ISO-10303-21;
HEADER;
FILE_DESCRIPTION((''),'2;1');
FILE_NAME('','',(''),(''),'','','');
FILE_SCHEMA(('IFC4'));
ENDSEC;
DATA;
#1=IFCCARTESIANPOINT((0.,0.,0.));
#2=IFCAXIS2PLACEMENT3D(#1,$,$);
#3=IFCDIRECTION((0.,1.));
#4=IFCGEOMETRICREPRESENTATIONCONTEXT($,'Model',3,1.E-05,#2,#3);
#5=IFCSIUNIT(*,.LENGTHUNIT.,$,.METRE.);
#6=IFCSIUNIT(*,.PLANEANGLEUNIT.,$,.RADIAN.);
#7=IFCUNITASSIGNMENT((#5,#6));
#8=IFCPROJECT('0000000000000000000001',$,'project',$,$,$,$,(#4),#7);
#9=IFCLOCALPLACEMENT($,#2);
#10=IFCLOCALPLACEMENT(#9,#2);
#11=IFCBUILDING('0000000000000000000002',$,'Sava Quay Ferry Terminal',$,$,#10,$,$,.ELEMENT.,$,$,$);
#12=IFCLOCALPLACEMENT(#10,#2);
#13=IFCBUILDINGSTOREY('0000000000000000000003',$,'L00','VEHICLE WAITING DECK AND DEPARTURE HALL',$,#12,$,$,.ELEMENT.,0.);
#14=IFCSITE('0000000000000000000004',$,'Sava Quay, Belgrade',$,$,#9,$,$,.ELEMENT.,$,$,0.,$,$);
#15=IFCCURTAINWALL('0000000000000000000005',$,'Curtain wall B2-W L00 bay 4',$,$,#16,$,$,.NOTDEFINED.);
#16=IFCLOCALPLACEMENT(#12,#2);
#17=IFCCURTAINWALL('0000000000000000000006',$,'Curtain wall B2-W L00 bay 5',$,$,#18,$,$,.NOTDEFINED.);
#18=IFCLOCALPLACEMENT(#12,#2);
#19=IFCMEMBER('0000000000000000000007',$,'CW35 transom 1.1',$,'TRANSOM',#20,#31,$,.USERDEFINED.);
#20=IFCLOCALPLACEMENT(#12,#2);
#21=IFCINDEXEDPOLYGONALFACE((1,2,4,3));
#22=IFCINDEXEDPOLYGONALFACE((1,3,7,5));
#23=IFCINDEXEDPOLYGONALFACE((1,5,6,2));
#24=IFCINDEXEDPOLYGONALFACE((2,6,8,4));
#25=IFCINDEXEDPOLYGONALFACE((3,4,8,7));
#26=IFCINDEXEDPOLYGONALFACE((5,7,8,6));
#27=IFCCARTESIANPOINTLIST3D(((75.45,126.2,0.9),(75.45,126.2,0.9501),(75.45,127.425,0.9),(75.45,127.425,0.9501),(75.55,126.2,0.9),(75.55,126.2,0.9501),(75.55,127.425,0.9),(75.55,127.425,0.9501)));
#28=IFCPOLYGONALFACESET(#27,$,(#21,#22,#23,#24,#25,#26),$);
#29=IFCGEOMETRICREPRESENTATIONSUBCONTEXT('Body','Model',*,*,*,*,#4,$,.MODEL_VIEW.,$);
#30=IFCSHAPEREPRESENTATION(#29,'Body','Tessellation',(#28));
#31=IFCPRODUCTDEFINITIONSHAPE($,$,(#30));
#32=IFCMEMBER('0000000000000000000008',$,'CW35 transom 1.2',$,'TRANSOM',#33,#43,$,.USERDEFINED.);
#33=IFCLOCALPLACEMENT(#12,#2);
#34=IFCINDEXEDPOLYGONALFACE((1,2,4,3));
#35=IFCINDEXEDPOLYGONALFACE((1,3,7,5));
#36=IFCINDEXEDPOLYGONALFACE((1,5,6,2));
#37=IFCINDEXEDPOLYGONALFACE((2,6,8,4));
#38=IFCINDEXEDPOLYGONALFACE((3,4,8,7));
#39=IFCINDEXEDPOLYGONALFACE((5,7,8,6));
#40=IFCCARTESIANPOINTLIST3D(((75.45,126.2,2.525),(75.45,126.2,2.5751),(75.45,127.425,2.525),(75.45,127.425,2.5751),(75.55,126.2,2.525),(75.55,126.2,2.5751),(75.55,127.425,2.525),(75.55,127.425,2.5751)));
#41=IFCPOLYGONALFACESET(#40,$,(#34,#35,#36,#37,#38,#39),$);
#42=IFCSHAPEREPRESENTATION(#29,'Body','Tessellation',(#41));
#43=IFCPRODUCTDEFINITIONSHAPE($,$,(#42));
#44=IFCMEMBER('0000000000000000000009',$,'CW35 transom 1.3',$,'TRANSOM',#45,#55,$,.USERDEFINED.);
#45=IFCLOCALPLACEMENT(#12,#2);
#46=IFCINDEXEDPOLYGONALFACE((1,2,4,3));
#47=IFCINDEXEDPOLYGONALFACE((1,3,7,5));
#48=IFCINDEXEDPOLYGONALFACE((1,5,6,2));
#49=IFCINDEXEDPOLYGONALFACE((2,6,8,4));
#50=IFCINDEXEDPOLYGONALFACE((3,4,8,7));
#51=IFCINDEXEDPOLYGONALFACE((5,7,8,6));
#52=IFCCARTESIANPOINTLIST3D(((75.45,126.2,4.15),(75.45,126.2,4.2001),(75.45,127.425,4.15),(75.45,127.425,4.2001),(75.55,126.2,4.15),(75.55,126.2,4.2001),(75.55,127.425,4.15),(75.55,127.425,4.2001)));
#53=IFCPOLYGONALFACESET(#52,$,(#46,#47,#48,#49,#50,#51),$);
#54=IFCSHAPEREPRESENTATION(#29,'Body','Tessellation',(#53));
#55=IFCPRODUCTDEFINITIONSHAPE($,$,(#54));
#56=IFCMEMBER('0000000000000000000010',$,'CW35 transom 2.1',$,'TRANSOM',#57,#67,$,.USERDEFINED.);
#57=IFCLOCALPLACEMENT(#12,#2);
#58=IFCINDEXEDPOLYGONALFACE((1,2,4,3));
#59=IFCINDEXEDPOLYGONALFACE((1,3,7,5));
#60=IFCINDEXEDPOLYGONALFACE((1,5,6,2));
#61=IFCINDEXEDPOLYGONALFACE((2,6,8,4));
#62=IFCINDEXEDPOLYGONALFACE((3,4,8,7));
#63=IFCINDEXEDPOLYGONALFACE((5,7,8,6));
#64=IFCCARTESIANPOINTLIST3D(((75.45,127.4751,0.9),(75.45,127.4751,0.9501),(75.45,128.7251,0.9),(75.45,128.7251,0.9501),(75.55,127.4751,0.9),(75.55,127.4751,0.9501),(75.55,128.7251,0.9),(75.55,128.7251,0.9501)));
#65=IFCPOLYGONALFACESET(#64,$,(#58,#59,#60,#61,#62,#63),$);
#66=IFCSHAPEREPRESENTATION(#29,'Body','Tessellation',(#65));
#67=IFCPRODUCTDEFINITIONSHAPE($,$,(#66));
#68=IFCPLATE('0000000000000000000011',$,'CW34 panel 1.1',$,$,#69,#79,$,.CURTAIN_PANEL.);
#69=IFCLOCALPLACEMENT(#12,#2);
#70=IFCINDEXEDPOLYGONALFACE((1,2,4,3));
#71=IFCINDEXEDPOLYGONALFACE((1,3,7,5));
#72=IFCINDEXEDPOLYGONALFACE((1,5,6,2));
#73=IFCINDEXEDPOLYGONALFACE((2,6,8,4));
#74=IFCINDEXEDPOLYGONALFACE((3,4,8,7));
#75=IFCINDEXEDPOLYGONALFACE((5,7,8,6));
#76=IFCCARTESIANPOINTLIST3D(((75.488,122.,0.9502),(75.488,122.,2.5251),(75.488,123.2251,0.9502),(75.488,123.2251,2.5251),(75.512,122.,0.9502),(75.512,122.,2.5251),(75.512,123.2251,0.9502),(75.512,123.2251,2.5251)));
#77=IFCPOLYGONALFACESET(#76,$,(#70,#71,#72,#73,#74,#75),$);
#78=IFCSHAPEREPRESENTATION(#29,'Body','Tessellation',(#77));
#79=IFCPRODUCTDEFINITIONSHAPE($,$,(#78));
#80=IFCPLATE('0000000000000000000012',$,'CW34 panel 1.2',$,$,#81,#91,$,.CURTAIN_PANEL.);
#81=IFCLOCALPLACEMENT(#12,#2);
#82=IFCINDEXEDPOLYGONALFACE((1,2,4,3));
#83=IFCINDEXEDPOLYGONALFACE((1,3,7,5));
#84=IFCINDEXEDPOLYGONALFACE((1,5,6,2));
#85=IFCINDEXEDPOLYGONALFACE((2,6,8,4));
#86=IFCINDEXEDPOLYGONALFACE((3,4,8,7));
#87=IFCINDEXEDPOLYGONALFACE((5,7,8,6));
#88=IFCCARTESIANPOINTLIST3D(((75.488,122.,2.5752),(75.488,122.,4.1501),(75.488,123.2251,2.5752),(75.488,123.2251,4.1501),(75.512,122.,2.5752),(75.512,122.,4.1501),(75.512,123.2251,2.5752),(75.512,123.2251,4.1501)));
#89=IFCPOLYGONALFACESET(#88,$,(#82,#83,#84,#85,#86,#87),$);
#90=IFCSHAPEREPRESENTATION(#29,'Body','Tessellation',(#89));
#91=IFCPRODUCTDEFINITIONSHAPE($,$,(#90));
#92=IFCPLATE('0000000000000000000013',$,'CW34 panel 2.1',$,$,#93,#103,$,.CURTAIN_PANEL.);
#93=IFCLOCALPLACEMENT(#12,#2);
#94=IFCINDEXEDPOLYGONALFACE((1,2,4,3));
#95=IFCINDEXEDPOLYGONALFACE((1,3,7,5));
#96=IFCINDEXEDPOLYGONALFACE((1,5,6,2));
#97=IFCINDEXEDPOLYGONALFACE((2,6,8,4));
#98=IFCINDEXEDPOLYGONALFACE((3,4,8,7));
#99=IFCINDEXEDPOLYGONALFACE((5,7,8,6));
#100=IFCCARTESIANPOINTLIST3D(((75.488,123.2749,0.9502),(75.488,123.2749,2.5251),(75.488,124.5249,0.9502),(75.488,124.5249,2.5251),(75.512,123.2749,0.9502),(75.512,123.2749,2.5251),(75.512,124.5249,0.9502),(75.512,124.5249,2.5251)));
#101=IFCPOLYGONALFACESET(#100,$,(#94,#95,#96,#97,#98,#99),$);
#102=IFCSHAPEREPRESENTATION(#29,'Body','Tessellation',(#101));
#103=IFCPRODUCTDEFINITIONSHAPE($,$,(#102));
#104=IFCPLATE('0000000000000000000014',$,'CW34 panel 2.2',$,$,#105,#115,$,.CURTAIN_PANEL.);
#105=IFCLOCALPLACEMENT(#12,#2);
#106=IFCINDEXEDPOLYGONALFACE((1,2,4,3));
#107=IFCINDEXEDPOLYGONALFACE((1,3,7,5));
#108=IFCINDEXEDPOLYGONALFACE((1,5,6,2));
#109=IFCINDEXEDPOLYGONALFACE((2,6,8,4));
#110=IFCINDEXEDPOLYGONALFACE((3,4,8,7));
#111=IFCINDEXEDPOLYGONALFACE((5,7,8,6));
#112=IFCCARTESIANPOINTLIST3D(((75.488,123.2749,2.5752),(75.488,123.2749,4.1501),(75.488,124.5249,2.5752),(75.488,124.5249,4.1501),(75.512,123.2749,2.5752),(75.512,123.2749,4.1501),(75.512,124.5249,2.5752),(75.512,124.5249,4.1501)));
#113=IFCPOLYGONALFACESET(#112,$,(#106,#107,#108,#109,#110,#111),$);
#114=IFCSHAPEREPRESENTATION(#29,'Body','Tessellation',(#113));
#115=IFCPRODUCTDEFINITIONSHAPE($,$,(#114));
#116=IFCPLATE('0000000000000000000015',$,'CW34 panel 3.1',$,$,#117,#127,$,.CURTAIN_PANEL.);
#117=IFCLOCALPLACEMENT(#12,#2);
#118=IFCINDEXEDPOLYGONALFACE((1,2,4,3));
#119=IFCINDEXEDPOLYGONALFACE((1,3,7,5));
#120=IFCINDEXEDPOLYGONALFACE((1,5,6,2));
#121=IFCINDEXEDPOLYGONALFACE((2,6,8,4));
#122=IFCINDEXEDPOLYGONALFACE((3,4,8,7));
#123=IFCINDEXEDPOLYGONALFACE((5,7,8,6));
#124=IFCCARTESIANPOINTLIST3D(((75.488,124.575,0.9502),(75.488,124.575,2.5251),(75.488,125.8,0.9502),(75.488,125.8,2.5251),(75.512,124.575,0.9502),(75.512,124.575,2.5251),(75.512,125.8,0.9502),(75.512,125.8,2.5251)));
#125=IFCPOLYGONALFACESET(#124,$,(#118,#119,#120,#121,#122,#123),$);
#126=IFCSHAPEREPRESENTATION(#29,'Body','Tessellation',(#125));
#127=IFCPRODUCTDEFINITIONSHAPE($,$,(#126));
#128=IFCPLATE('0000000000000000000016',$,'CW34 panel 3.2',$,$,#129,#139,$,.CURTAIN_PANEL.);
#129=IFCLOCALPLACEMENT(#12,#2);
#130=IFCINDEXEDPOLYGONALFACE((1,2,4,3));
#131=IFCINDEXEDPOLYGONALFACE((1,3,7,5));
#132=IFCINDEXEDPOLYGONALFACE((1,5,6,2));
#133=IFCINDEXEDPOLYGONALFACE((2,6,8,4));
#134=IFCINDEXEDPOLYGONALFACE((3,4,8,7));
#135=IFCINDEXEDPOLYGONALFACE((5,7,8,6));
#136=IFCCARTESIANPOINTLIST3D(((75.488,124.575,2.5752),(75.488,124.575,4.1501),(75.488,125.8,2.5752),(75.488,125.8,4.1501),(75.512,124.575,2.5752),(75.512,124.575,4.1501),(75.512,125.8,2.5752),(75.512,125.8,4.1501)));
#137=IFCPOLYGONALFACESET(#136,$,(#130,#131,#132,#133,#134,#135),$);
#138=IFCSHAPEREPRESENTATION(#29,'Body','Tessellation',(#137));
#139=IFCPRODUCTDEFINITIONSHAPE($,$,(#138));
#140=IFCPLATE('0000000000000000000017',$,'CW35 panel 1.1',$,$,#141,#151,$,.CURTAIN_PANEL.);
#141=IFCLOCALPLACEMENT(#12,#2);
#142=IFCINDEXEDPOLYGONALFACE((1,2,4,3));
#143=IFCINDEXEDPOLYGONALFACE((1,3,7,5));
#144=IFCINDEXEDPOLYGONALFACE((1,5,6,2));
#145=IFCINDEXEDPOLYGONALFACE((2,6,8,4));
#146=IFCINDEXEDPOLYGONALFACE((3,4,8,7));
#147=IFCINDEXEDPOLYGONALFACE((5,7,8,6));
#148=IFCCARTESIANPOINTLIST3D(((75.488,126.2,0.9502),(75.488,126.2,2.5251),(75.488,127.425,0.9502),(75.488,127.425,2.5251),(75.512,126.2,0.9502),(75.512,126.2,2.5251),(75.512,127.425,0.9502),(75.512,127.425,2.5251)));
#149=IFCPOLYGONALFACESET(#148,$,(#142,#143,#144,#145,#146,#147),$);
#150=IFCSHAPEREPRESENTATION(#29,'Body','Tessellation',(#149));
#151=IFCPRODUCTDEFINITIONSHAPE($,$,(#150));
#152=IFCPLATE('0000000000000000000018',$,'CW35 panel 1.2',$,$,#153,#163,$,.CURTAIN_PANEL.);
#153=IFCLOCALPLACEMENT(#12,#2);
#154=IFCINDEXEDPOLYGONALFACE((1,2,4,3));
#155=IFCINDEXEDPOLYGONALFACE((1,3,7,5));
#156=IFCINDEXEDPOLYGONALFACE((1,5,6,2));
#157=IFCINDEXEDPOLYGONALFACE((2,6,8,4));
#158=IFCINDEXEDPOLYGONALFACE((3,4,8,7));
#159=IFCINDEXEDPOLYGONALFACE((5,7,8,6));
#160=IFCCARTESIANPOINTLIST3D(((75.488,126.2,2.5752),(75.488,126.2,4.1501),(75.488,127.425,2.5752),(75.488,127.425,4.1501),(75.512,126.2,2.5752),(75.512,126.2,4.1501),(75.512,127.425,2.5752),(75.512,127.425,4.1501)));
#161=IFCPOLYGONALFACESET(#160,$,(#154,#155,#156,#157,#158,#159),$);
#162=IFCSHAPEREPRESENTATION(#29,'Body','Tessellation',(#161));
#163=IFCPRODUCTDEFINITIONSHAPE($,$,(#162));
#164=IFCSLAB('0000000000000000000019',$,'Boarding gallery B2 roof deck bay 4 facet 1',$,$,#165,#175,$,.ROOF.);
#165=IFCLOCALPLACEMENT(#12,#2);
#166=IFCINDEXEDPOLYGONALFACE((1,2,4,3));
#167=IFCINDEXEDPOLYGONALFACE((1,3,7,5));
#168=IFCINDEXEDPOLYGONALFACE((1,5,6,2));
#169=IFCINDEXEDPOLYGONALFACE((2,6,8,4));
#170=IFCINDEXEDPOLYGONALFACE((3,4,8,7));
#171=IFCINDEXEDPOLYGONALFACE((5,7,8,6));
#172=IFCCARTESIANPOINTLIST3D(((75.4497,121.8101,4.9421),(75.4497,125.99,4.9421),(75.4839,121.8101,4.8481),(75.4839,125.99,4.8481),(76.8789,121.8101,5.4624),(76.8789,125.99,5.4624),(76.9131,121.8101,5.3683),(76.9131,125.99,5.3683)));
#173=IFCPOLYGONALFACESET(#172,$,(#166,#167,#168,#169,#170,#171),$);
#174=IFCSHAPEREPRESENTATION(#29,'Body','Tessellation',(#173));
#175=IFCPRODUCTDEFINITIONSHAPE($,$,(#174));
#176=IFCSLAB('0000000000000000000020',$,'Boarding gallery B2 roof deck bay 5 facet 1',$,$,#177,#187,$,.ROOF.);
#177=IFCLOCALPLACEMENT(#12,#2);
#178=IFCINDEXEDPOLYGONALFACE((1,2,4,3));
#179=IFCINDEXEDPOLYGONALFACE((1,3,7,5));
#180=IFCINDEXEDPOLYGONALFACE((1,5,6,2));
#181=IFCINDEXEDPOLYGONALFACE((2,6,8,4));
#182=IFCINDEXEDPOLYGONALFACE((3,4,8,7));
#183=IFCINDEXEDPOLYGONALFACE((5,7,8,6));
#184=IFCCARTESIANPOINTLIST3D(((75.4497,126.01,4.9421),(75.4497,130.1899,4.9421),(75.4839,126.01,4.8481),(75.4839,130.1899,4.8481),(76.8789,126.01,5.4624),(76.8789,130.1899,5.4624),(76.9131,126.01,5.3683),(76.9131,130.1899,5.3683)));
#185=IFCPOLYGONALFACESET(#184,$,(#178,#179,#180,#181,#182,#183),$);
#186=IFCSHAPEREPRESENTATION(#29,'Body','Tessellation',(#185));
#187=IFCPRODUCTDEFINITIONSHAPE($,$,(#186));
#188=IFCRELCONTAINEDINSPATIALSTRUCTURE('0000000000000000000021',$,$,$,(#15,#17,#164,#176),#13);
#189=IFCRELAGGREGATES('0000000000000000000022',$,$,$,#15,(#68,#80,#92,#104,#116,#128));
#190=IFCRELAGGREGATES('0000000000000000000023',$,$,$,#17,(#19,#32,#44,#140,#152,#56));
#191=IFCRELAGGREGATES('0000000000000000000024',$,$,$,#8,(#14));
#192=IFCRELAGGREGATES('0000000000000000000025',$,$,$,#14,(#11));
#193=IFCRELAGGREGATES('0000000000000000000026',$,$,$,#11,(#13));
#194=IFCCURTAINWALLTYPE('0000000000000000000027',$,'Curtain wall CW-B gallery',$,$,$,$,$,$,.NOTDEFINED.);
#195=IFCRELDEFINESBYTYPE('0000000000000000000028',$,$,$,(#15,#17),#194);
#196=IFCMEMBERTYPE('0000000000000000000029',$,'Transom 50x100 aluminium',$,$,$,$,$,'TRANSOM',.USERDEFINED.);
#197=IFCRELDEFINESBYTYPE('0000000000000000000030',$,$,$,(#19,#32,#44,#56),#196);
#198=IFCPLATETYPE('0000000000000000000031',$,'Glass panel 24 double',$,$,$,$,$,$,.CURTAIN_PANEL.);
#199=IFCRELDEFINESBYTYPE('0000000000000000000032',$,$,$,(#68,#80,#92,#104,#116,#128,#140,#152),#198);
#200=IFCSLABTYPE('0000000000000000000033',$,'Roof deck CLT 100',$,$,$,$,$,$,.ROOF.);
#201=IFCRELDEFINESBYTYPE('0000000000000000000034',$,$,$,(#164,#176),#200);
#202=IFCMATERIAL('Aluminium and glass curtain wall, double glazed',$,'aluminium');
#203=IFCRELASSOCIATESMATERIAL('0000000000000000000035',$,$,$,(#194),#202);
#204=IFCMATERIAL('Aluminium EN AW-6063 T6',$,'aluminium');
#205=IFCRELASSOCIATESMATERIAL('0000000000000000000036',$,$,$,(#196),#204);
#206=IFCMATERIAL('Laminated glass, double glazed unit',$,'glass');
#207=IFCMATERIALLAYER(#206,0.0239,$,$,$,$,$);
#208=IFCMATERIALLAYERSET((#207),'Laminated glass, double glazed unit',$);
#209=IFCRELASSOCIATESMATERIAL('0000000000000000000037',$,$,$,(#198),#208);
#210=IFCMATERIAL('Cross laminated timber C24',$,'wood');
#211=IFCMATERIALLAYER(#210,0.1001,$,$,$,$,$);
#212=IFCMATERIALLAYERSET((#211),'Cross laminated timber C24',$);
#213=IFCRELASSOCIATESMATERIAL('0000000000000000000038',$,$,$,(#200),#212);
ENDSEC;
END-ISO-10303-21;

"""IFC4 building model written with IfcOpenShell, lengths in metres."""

from ifc_helpers import new_model, si_unit, direction, frame, origin, origin_2d, place, context, subcontext, project, spatial, polyline, rectangle, outline, extrude, material, layer, layer_set, material_profile, profile_set, type_object, element, aggregate, save


model = new_model("IFC4")

# Units and contexts
model_context = context("Model", 3, precision=1e-05, world=origin(), true_north=direction((0.0, 1.0)))
body_context = subcontext(model_context, "Body", "Model", "MODEL_VIEW")
ifc_project = project(units=[si_unit("LENGTHUNIT", "METRE"), si_unit("PLANEANGLEUNIT", "RADIAN")], contexts=[model_context])

# Site, building, storey
site_placement = place(None, origin())
site = spatial("IfcSite", under=ifc_project, at=site_placement, Name="Sava Quay, Belgrade", CompositionType="ELEMENT", RefElevation=0.0)
building_placement = place(site_placement, origin())
building = spatial("IfcBuilding", under=site, at=building_placement, Name="Sava Quay Ferry Terminal", CompositionType="ELEMENT")
storey_placement = place(building_placement, origin())
storey = spatial("IfcBuildingStorey", under=building, at=storey_placement, Name="L00", Description="VEHICLE WAITING DECK AND DEPARTURE HALL", CompositionType="ELEMENT", Elevation=0.0)

# Curtain walls
ifc_material_1 = material(Name="Aluminium and glass curtain wall, double glazed", Category="aluminium")
curtain_wall_type = type_object("IfcCurtainWallType", Name="Curtain wall CW-B gallery", PredefinedType="NOTDEFINED", material=ifc_material_1)
curtain_wall_1_placement = place(storey_placement, origin())
curtain_wall_1 = element("IfcCurtainWall", 1, at=curtain_wall_1_placement, inside=storey, type_object=curtain_wall_type, Name="Curtain wall B2-W L00 bay 4", PredefinedType="NOTDEFINED")
curtain_wall_2_placement = place(storey_placement, origin())
curtain_wall_2 = element("IfcCurtainWall", 2, at=curtain_wall_2_placement, inside=storey, type_object=curtain_wall_type, Name="Curtain wall B2-W L00 bay 5", PredefinedType="NOTDEFINED")

# Members
ifc_material_2 = material(Name="Aluminium EN AW-6063 T6", Category="aluminium")
ifc_material_profile_1 = material_profile(ifc_material_2, rectangle(XDim=0.1001, YDim=0.05, at=origin_2d()), Name="Transom 50x100 aluminium")
ifc_profile_set_1 = profile_set([ifc_material_profile_1], Name="Aluminium EN AW-6063 T6")
member_type_1 = type_object("IfcMemberType", Name="Transom 50x100 aluminium", ElementType="TRANSOM", PredefinedType="USERDEFINED", material=ifc_profile_set_1)
member_1_placement = place(storey_placement, frame((75.5, 126.2, 0.925), z_axis=(0.0, 1.0, 0.0), x_axis=(-1.0, 0.0, 0.0)))
member_1 = element("IfcMember", 3, at=member_1_placement, type_object=member_type_1, Name="CW35 transom 1.1", ObjectType="TRANSOM", PredefinedType="USERDEFINED", context=body_context, shape_type="SweptSolid", body=[
    extrude(rectangle(XDim=0.1001, YDim=0.05, at=origin_2d()), origin(), (0.0, 0.0, 1.0), 1.2251),
])
member_2_placement = place(storey_placement, frame((75.5, 126.2, 2.55), z_axis=(0.0, 1.0, 0.0), x_axis=(-1.0, 0.0, 0.0)))
member_2 = element("IfcMember", 4, at=member_2_placement, type_object=member_type_1, Name="CW35 transom 1.2", ObjectType="TRANSOM", PredefinedType="USERDEFINED", context=body_context, shape_type="SweptSolid", body=[
    extrude(rectangle(XDim=0.1001, YDim=0.05, at=origin_2d()), origin(), (0.0, 0.0, 1.0), 1.2251),
])
member_3_placement = place(storey_placement, frame((75.5, 126.2, 4.175), z_axis=(0.0, 1.0, 0.0), x_axis=(-1.0, 0.0, 0.0)))
member_3 = element("IfcMember", 5, at=member_3_placement, type_object=member_type_1, Name="CW35 transom 1.3", ObjectType="TRANSOM", PredefinedType="USERDEFINED", context=body_context, shape_type="SweptSolid", body=[
    extrude(rectangle(XDim=0.1001, YDim=0.05, at=origin_2d()), origin(), (0.0, 0.0, 1.0), 1.2251),
])
member_4_placement = place(storey_placement, frame((75.5, 127.4751, 0.925), z_axis=(0.0, 1.0, 0.0), x_axis=(-1.0, 0.0, 0.0)))
member_4 = element("IfcMember", 6, at=member_4_placement, type_object=member_type_1, Name="CW35 transom 2.1", ObjectType="TRANSOM", PredefinedType="USERDEFINED", context=body_context, shape_type="SweptSolid", body=[
    extrude(rectangle(XDim=0.1001, YDim=0.05, at=origin_2d()), origin(), (0.0, 0.0, 1.0), 1.25),
])

# Plates
ifc_material_3 = material(Name="Laminated glass, double glazed unit", Category="glass")
ifc_layer_1 = layer(ifc_material_3, 0.0239)
ifc_layer_set_1 = layer_set([ifc_layer_1], Name="Laminated glass, double glazed unit")
plate_type = type_object("IfcPlateType", Name="Glass panel 24 double", PredefinedType="CURTAIN_PANEL", material=ifc_layer_set_1)
plate_1_placement = place(storey_placement, frame((75.5, 122.6125, 0.9502), z_axis=(0.0, 0.0, 1.0), x_axis=(0.0, 1.0, 0.0)))
plate_1 = element("IfcPlate", 7, at=plate_1_placement, type_object=plate_type, Name="CW34 panel 1.1", PredefinedType="CURTAIN_PANEL", context=body_context, shape_type="SweptSolid", body=[
    extrude(rectangle(XDim=1.2251, YDim=0.0239, at=origin_2d()), origin(), (0.0, 0.0, 1.0), 1.575),
])
plate_2_placement = place(storey_placement, frame((75.5, 122.6125, 2.5752), z_axis=(0.0, 0.0, 1.0), x_axis=(0.0, 1.0, 0.0)))
plate_2 = element("IfcPlate", 8, at=plate_2_placement, type_object=plate_type, Name="CW34 panel 1.2", PredefinedType="CURTAIN_PANEL", context=body_context, shape_type="SweptSolid", body=[
    extrude(rectangle(XDim=1.2251, YDim=0.0239, at=origin_2d()), origin(), (0.0, 0.0, 1.0), 1.575),
])
plate_3_placement = place(storey_placement, frame((75.5, 123.8999, 0.9502), z_axis=(0.0, 0.0, 1.0), x_axis=(0.0, 1.0, 0.0)))
plate_3 = element("IfcPlate", 9, at=plate_3_placement, type_object=plate_type, Name="CW34 panel 2.1", PredefinedType="CURTAIN_PANEL", context=body_context, shape_type="SweptSolid", body=[
    extrude(rectangle(XDim=1.25, YDim=0.0239, at=origin_2d()), origin(), (0.0, 0.0, 1.0), 1.575),
])
plate_4_placement = place(storey_placement, frame((75.5, 123.8999, 2.5752), z_axis=(0.0, 0.0, 1.0), x_axis=(0.0, 1.0, 0.0)))
plate_4 = element("IfcPlate", 10, at=plate_4_placement, type_object=plate_type, Name="CW34 panel 2.2", PredefinedType="CURTAIN_PANEL", context=body_context, shape_type="SweptSolid", body=[
    extrude(rectangle(XDim=1.25, YDim=0.0239, at=origin_2d()), origin(), (0.0, 0.0, 1.0), 1.575),
])
plate_5_placement = place(storey_placement, frame((75.5, 125.1875, 0.9502), z_axis=(0.0, 0.0, 1.0), x_axis=(0.0, 1.0, 0.0)))
plate_5 = element("IfcPlate", 11, at=plate_5_placement, type_object=plate_type, Name="CW34 panel 3.1", PredefinedType="CURTAIN_PANEL", context=body_context, shape_type="SweptSolid", body=[
    extrude(rectangle(XDim=1.2251, YDim=0.0239, at=origin_2d()), origin(), (0.0, 0.0, 1.0), 1.575),
])
plate_6_placement = place(storey_placement, frame((75.5, 125.1875, 2.5752), z_axis=(0.0, 0.0, 1.0), x_axis=(0.0, 1.0, 0.0)))
plate_6 = element("IfcPlate", 12, at=plate_6_placement, type_object=plate_type, Name="CW34 panel 3.2", PredefinedType="CURTAIN_PANEL", context=body_context, shape_type="SweptSolid", body=[
    extrude(rectangle(XDim=1.2251, YDim=0.0239, at=origin_2d()), origin(), (0.0, 0.0, 1.0), 1.575),
])
aggregate(curtain_wall_1, [plate_1, plate_2, plate_3, plate_4, plate_5, plate_6])
plate_7_placement = place(storey_placement, frame((75.5, 126.8125, 0.9502), z_axis=(0.0, 0.0, 1.0), x_axis=(0.0, 1.0, 0.0)))
plate_7 = element("IfcPlate", 13, at=plate_7_placement, type_object=plate_type, Name="CW35 panel 1.1", PredefinedType="CURTAIN_PANEL", context=body_context, shape_type="SweptSolid", body=[
    extrude(rectangle(XDim=1.2251, YDim=0.0239, at=origin_2d()), origin(), (0.0, 0.0, 1.0), 1.575),
])
plate_8_placement = place(storey_placement, frame((75.5, 126.8125, 2.5752), z_axis=(0.0, 0.0, 1.0), x_axis=(0.0, 1.0, 0.0)))
plate_8 = element("IfcPlate", 14, at=plate_8_placement, type_object=plate_type, Name="CW35 panel 1.2", PredefinedType="CURTAIN_PANEL", context=body_context, shape_type="SweptSolid", body=[
    extrude(rectangle(XDim=1.2251, YDim=0.0239, at=origin_2d()), origin(), (0.0, 0.0, 1.0), 1.575),
])
aggregate(curtain_wall_2, [member_1, member_2, member_3, plate_7, plate_8, member_4])

# Slabs
ifc_material_4 = material(Name="Cross laminated timber C24", Category="wood")
ifc_layer_2 = layer(ifc_material_4, 0.1001)
ifc_layer_set_2 = layer_set([ifc_layer_2], Name="Cross laminated timber C24")
slab_type = type_object("IfcSlabType", Name="Roof deck CLT 100", PredefinedType="ROOF", material=ifc_layer_set_2)
for number, where, z_axis, x_axis, name in (
    (15, (75.4497, 121.8101, 4.9421), (-0.342065, 0.0, 0.939676), (0.939676, 0.0, 0.342065), "Boarding gallery B2 roof deck bay 4 facet 1"),
    (16, (75.4497, 126.01, 4.9421), (-0.342065, 0.0, 0.939676), (0.939676, 0.0, 0.342065), "Boarding gallery B2 roof deck bay 5 facet 1"),
):
    element("IfcSlab", number, at=place(storey_placement, frame(where, z_axis=z_axis, x_axis=x_axis)), inside=storey, type_object=slab_type, Name=name, PredefinedType="ROOF", context=body_context, shape_type="SweptSolid", body=[
        extrude(outline(polyline([(0.0, 0.0), (1.5209, 0.0), (1.5209, 4.1799), (0.0, 4.1799), (0.0, 0.0)])), origin(), (0.0, 0.0, -1.0), 0.1001),
    ])

save(model, "model.ifc")
